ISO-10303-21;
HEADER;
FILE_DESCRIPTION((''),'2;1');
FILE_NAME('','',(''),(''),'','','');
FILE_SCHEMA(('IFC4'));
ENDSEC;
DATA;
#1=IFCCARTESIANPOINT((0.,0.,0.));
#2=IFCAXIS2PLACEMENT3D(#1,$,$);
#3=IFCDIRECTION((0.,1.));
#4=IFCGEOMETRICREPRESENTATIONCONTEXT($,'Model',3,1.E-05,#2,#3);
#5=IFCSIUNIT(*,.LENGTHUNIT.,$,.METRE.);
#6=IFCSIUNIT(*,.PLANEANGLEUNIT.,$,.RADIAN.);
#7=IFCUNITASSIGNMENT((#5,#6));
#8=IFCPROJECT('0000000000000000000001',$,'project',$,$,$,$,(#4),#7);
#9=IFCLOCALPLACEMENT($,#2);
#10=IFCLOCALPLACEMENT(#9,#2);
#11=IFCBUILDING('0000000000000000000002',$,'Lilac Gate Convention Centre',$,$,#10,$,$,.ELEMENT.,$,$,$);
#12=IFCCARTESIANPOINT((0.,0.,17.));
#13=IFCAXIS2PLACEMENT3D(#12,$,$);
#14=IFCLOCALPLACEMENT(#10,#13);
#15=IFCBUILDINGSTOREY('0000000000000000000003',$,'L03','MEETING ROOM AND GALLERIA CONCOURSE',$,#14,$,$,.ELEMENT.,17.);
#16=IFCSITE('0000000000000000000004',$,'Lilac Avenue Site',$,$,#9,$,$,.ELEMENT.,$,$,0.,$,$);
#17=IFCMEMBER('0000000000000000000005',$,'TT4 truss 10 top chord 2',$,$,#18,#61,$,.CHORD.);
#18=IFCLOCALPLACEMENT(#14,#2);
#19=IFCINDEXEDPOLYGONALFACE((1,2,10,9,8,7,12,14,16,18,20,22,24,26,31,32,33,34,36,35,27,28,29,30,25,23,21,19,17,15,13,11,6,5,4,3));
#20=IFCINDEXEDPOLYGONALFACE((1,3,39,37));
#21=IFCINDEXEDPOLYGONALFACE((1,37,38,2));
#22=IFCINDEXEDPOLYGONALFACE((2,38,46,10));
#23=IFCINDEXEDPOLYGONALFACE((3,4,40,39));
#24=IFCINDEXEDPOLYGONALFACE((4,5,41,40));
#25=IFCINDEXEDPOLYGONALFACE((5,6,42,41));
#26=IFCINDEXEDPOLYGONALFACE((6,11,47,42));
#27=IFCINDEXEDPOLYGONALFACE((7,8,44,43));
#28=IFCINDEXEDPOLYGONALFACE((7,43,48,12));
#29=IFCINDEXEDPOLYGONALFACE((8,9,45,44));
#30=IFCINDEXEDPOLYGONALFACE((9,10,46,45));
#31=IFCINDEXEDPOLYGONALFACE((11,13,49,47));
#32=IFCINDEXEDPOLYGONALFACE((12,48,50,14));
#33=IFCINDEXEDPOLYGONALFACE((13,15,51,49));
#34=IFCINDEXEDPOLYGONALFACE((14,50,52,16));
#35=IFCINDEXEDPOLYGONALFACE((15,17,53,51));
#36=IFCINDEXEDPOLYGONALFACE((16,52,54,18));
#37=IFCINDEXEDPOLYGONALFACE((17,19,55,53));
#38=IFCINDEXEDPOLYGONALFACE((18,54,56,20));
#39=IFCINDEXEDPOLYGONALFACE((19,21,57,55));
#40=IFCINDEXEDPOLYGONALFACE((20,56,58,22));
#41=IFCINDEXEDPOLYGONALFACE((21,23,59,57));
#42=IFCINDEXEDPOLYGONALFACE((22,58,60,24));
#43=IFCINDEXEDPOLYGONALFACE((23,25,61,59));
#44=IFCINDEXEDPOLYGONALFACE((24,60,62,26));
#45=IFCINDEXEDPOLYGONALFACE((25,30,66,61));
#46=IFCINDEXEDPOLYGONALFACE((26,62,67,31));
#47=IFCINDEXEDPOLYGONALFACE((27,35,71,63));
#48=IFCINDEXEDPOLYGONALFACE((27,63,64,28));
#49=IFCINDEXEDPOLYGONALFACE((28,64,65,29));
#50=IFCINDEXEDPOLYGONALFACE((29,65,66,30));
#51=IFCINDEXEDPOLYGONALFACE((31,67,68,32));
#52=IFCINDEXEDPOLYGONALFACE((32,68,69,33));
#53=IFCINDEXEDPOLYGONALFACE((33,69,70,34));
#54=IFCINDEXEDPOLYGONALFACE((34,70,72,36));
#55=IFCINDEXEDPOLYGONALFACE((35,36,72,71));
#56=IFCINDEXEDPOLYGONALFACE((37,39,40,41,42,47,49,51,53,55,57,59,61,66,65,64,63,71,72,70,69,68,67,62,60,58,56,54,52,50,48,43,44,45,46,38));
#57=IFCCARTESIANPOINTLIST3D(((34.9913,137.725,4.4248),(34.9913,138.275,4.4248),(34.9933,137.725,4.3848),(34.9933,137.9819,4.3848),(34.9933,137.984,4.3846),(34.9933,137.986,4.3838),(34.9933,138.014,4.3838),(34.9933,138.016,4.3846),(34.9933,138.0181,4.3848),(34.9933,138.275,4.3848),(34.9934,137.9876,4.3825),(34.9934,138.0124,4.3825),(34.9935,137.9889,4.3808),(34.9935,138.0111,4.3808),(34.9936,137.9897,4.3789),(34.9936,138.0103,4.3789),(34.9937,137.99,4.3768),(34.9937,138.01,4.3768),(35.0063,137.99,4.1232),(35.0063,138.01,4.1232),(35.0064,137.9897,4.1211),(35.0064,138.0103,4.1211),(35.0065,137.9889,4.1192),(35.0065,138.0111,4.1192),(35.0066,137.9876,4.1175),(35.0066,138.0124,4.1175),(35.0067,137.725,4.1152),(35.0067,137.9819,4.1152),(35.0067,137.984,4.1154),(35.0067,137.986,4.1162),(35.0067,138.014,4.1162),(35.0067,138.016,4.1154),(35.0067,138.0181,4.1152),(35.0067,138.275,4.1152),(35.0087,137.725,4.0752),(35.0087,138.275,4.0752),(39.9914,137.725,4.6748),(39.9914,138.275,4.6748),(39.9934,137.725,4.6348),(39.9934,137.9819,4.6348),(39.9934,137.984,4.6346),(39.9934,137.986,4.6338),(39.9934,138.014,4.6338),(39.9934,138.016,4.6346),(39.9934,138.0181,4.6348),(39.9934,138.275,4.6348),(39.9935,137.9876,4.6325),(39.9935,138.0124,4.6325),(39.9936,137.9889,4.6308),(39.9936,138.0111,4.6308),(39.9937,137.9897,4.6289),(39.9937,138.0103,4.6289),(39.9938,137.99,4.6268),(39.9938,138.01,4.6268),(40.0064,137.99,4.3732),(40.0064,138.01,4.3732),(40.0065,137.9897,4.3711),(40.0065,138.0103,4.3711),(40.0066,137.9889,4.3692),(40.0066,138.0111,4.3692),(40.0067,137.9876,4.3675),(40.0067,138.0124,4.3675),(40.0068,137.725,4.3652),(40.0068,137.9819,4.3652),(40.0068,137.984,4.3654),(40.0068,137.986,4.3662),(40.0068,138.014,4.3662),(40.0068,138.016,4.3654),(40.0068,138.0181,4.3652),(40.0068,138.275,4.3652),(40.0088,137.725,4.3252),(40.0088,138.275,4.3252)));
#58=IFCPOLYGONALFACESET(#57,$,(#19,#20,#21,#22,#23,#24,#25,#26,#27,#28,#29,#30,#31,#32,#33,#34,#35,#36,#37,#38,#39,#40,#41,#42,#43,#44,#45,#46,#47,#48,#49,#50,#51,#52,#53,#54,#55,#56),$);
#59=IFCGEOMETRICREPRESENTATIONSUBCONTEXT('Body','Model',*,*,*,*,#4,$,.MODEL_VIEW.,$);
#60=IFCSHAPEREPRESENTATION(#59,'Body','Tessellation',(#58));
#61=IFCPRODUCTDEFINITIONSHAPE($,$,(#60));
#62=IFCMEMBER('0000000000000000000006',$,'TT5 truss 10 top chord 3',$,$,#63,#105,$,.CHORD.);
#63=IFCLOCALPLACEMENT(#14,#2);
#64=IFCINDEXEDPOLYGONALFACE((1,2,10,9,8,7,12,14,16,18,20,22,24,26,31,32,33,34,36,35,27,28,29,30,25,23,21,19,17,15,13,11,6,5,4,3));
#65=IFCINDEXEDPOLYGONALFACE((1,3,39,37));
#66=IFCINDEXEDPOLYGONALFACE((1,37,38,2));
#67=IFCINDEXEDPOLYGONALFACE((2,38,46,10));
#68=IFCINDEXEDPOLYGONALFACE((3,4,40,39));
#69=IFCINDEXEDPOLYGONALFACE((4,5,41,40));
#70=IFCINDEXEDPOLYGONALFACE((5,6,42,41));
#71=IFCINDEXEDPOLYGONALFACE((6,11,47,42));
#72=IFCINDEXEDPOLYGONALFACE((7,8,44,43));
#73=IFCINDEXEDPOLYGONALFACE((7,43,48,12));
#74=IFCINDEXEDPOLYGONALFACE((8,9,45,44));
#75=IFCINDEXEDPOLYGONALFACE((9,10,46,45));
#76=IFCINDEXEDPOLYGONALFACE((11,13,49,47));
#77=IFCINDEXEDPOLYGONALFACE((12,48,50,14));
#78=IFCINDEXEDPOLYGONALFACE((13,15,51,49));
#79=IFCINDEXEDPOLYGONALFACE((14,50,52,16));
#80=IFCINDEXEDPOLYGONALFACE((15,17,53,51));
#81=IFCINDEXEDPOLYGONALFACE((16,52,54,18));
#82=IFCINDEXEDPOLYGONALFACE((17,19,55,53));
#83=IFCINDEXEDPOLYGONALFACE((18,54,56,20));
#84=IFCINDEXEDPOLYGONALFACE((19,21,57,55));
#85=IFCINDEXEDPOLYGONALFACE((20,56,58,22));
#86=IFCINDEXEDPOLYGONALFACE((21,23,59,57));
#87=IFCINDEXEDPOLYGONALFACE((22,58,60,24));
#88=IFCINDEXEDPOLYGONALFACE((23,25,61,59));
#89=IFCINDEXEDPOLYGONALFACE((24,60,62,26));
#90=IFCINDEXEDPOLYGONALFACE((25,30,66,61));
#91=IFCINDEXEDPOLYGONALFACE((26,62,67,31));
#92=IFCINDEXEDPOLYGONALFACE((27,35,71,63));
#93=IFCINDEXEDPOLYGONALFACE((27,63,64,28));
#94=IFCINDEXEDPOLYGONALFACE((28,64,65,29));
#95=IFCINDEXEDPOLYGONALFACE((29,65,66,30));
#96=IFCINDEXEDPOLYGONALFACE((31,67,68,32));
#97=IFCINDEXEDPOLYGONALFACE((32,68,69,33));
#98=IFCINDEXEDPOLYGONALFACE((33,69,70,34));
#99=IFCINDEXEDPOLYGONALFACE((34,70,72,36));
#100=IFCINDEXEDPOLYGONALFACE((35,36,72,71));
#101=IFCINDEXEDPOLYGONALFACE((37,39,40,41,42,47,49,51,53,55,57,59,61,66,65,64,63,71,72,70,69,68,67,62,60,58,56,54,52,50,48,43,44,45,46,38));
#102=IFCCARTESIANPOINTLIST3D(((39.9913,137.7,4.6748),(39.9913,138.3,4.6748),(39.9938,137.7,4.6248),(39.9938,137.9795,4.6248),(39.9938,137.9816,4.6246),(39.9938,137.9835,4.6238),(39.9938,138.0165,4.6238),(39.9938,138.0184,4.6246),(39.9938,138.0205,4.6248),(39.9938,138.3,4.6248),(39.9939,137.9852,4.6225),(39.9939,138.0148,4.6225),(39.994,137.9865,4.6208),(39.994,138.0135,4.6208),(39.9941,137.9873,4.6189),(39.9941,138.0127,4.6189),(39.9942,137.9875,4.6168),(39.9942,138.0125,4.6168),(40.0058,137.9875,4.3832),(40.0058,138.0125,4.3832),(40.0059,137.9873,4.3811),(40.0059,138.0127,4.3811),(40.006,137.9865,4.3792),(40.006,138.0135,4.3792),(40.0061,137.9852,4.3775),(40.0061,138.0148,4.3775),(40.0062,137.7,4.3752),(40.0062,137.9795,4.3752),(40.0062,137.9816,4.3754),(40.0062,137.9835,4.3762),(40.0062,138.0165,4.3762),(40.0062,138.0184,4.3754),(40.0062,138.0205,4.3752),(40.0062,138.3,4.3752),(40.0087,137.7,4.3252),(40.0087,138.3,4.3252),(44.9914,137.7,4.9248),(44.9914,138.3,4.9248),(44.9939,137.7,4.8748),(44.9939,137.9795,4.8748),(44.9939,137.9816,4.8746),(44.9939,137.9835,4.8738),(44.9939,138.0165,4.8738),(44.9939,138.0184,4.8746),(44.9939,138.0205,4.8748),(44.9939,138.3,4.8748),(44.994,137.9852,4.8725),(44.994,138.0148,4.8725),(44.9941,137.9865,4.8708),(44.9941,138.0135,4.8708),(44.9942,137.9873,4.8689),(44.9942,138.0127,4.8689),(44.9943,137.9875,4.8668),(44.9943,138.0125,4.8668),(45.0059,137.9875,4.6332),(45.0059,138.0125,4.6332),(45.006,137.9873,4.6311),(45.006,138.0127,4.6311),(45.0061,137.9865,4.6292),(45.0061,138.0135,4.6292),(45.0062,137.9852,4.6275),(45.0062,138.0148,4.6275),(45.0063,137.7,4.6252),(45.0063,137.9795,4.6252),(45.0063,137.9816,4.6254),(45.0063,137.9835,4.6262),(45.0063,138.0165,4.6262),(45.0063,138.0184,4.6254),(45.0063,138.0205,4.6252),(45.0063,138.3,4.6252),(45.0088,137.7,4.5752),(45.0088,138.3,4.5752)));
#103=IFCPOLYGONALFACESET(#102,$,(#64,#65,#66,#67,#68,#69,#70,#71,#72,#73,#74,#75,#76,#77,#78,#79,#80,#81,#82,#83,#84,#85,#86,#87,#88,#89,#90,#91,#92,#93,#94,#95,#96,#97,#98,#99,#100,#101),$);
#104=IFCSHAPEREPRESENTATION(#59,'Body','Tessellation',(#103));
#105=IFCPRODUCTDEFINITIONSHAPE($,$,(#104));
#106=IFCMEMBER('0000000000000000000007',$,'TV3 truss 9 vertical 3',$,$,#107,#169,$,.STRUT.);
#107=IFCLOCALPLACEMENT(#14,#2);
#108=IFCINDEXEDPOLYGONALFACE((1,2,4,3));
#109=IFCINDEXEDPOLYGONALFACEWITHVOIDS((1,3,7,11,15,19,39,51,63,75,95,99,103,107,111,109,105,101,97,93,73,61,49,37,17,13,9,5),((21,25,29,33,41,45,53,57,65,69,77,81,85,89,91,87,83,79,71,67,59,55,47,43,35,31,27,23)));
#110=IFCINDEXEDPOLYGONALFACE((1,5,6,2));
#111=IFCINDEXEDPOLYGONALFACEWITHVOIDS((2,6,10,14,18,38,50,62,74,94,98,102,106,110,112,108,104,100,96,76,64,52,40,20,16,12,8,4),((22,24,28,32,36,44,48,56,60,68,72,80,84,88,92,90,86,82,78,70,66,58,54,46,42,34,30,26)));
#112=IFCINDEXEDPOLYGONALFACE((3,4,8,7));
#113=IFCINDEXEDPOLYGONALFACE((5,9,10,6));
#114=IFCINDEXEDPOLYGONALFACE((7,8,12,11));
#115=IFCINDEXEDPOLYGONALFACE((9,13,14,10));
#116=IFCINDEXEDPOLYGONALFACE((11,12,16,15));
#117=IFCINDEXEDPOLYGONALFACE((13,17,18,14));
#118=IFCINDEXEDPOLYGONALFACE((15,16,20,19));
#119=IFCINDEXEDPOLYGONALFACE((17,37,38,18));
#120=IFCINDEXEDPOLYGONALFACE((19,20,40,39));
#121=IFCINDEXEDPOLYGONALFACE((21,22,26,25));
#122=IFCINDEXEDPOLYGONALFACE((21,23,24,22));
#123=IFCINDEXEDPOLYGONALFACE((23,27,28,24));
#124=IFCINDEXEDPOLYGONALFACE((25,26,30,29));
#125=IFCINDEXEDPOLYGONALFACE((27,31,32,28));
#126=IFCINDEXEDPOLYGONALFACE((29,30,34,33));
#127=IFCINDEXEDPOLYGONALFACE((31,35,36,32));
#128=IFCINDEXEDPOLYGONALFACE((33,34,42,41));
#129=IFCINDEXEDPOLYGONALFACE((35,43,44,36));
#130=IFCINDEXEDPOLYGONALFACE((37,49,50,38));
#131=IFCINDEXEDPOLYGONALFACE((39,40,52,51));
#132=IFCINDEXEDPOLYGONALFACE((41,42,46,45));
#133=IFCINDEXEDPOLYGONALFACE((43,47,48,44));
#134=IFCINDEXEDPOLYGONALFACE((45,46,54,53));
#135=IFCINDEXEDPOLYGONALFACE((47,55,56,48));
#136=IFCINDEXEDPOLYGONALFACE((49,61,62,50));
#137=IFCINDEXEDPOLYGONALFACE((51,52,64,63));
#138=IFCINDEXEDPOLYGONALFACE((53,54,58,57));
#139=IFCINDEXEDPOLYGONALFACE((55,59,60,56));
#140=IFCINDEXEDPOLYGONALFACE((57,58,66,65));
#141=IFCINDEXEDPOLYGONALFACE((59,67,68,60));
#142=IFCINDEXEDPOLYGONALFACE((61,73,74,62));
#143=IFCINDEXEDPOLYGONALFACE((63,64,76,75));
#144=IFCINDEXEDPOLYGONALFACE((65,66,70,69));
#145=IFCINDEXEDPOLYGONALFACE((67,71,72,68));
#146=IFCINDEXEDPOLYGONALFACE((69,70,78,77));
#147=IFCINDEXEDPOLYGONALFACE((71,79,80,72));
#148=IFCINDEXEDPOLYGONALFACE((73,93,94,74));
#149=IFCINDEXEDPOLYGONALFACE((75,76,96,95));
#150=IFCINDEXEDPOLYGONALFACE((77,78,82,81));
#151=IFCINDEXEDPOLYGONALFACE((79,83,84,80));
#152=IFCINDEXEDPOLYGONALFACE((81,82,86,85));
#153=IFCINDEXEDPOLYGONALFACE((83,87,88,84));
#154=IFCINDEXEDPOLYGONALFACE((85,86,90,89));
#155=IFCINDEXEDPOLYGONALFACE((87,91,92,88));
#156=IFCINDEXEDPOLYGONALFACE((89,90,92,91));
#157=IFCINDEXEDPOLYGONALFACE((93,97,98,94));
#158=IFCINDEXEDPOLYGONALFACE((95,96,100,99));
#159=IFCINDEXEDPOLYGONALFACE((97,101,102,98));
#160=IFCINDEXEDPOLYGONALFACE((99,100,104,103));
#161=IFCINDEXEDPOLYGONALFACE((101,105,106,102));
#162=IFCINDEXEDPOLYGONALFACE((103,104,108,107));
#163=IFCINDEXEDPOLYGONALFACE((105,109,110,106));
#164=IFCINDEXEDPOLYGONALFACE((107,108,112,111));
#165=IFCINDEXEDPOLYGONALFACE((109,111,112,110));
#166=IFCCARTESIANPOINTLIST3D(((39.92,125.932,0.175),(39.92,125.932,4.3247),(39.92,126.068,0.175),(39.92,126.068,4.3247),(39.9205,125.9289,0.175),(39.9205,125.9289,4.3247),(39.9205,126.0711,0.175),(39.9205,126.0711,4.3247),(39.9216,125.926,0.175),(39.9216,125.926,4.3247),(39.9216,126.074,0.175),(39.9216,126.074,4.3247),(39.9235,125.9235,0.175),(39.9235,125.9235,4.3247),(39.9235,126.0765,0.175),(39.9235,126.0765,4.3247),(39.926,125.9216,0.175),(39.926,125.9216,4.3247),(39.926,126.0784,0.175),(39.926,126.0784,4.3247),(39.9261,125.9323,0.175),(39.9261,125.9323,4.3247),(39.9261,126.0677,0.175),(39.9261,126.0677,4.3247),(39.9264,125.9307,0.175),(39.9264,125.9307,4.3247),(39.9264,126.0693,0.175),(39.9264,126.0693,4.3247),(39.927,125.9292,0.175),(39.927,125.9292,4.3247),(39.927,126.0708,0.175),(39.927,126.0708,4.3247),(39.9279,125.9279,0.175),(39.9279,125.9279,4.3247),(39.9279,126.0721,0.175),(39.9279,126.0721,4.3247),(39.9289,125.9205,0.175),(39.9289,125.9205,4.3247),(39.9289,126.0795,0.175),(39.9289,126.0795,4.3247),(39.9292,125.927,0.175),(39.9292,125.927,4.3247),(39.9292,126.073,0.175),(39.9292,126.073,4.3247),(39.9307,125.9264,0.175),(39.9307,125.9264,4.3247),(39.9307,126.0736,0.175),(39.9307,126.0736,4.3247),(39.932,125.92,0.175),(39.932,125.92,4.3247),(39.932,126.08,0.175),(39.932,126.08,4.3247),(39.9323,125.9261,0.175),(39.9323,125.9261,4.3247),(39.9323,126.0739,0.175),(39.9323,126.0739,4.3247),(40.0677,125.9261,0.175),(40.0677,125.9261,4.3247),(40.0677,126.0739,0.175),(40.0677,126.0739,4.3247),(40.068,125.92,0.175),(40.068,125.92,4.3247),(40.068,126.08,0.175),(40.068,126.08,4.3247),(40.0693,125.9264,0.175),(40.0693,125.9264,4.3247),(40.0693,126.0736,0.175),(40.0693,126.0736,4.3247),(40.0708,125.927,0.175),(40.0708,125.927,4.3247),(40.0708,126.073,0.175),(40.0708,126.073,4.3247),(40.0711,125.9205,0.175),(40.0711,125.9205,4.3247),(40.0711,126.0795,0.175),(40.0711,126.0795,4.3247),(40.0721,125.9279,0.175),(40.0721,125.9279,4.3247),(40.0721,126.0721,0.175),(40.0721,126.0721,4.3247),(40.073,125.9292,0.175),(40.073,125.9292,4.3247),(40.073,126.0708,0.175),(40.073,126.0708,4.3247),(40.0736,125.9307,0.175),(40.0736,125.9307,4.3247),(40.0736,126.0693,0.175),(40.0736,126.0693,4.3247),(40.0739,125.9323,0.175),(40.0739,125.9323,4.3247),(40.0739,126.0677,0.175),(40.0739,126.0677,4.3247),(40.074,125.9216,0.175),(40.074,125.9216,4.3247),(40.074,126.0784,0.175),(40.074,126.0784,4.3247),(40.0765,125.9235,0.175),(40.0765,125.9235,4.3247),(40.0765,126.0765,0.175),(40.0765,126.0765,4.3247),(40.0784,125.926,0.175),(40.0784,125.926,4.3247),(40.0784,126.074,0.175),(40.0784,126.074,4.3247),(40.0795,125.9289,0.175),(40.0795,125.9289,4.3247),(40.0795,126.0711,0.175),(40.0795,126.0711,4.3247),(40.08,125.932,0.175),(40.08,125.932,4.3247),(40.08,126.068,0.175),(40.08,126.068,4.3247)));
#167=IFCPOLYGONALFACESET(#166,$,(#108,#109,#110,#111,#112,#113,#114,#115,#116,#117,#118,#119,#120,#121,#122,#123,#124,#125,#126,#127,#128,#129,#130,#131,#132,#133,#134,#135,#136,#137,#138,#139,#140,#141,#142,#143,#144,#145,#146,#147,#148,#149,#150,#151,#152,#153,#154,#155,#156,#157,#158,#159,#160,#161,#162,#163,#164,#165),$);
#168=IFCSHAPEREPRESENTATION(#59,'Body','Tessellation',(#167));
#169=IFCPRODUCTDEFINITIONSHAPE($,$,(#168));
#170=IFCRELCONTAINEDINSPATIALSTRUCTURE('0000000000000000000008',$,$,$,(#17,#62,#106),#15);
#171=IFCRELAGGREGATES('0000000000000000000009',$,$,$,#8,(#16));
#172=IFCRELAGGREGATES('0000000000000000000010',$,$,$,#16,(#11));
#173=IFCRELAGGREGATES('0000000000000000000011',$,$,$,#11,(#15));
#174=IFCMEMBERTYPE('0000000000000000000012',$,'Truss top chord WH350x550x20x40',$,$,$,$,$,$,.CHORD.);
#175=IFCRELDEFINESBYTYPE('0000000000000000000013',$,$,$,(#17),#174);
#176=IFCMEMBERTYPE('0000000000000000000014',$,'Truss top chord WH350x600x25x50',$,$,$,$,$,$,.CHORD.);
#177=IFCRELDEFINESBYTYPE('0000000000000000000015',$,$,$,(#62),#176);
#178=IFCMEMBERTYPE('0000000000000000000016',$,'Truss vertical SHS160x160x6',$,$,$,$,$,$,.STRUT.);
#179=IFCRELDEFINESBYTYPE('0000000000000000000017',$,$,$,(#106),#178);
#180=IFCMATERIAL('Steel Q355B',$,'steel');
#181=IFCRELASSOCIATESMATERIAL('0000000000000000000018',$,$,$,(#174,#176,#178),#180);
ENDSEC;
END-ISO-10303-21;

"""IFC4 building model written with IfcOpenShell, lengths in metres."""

from ifc_helpers import new_model, si_unit, direction, frame, origin, origin_2d, place, context, subcontext, project, spatial, hollow_rectangle, i_section, extrude, material, material_profile, profile_set, type_object, element, save


model = new_model("IFC4")

# Units and contexts
model_context = context("Model", 3, precision=1e-05, world=origin(), true_north=direction((0.0, 1.0)))
body_context = subcontext(model_context, "Body", "Model", "MODEL_VIEW")
ifc_project = project(units=[si_unit("LENGTHUNIT", "METRE"), si_unit("PLANEANGLEUNIT", "RADIAN")], contexts=[model_context])

# Site, building, storey
site_placement = place(None, origin())
site = spatial("IfcSite", under=ifc_project, at=site_placement, Name="Lilac Avenue Site", CompositionType="ELEMENT", RefElevation=0.0)
building_placement = place(site_placement, origin())
building = spatial("IfcBuilding", under=site, at=building_placement, Name="Lilac Gate Convention Centre", CompositionType="ELEMENT")
storey_placement = place(building_placement, frame((0.0, 0.0, 17.0)))
storey = spatial("IfcBuildingStorey", under=building, at=storey_placement, Name="L03", Description="MEETING ROOM AND GALLERIA CONCOURSE", CompositionType="ELEMENT", Elevation=17.0)

# Members
ifc_material = material(Name="Steel Q355B", Category="steel")
ifc_material_profile_1 = material_profile(ifc_material, i_section(OverallWidth=0.55, OverallDepth=0.3501, WebThickness=0.02, FlangeThickness=0.04, FilletRadius=0.0081, at=origin_2d()), Name="WH350x550x20x40")
ifc_profile_set_1 = profile_set([ifc_material_profile_1], Name="Steel Q355B")
member_type_1 = type_object("IfcMemberType", Name="Truss top chord WH350x550x20x40", PredefinedType="CHORD", material=ifc_profile_set_1)
member_1_placement = place(storey_placement, frame((35.0, 138.0, 4.25), z_axis=(0.998752, 0.0, 0.049938), x_axis=(0.0, 1.0, 0.0)))
element("IfcMember", 1, at=member_1_placement, inside=storey, type_object=member_type_1, Name="TT4 truss 10 top chord 2", PredefinedType="CHORD", context=body_context, shape_type="SweptSolid", body=[
    extrude(i_section(OverallWidth=0.55, OverallDepth=0.3501, WebThickness=0.02, FlangeThickness=0.04, FilletRadius=0.0081, at=origin_2d()), origin(), (0.0, 0.0, 1.0), 5.0063),
])
ifc_material_profile_2 = material_profile(ifc_material, i_section(OverallWidth=0.6001, OverallDepth=0.3501, WebThickness=0.0249, FlangeThickness=0.05, FilletRadius=0.0081, at=origin_2d()), Name="WH350x600x25x50")
ifc_profile_set_2 = profile_set([ifc_material_profile_2], Name="Steel Q355B")
member_type_2 = type_object("IfcMemberType", Name="Truss top chord WH350x600x25x50", PredefinedType="CHORD", material=ifc_profile_set_2)
member_2_placement = place(storey_placement, frame((40.0, 138.0, 4.5), z_axis=(0.998752, 0.0, 0.049938), x_axis=(0.0, 1.0, 0.0)))
element("IfcMember", 2, at=member_2_placement, inside=storey, type_object=member_type_2, Name="TT5 truss 10 top chord 3", PredefinedType="CHORD", context=body_context, shape_type="SweptSolid", body=[
    extrude(i_section(OverallWidth=0.6001, OverallDepth=0.3501, WebThickness=0.0249, FlangeThickness=0.05, FilletRadius=0.0081, at=origin_2d()), origin(), (0.0, 0.0, 1.0), 5.0063),
])
ifc_material_profile_3 = material_profile(ifc_material, hollow_rectangle(XDim=0.1599, YDim=0.1599, WallThickness=0.0061, InnerFilletRadius=0.0061, OuterFilletRadius=0.012, at=origin_2d()), Name="SHS160x160x6")
ifc_profile_set_3 = profile_set([ifc_material_profile_3], Name="Steel Q355B")
member_type_3 = type_object("IfcMemberType", Name="Truss vertical SHS160x160x6", PredefinedType="STRUT", material=ifc_profile_set_3)
member_3_placement = place(storey_placement, frame((40.0, 126.0, 0.175), z_axis=(0.0, 0.0, 1.0), x_axis=(1.0, 0.0, 0.0)))
element("IfcMember", 3, at=member_3_placement, inside=storey, type_object=member_type_3, Name="TV3 truss 9 vertical 3", PredefinedType="STRUT", context=body_context, shape_type="SweptSolid", body=[
    extrude(hollow_rectangle(XDim=0.1599, YDim=0.1599, WallThickness=0.0061, InnerFilletRadius=0.0061, OuterFilletRadius=0.012, at=origin_2d()), origin(), (0.0, 0.0, 1.0), 4.1497),
])

save(model, "model.ifc")
